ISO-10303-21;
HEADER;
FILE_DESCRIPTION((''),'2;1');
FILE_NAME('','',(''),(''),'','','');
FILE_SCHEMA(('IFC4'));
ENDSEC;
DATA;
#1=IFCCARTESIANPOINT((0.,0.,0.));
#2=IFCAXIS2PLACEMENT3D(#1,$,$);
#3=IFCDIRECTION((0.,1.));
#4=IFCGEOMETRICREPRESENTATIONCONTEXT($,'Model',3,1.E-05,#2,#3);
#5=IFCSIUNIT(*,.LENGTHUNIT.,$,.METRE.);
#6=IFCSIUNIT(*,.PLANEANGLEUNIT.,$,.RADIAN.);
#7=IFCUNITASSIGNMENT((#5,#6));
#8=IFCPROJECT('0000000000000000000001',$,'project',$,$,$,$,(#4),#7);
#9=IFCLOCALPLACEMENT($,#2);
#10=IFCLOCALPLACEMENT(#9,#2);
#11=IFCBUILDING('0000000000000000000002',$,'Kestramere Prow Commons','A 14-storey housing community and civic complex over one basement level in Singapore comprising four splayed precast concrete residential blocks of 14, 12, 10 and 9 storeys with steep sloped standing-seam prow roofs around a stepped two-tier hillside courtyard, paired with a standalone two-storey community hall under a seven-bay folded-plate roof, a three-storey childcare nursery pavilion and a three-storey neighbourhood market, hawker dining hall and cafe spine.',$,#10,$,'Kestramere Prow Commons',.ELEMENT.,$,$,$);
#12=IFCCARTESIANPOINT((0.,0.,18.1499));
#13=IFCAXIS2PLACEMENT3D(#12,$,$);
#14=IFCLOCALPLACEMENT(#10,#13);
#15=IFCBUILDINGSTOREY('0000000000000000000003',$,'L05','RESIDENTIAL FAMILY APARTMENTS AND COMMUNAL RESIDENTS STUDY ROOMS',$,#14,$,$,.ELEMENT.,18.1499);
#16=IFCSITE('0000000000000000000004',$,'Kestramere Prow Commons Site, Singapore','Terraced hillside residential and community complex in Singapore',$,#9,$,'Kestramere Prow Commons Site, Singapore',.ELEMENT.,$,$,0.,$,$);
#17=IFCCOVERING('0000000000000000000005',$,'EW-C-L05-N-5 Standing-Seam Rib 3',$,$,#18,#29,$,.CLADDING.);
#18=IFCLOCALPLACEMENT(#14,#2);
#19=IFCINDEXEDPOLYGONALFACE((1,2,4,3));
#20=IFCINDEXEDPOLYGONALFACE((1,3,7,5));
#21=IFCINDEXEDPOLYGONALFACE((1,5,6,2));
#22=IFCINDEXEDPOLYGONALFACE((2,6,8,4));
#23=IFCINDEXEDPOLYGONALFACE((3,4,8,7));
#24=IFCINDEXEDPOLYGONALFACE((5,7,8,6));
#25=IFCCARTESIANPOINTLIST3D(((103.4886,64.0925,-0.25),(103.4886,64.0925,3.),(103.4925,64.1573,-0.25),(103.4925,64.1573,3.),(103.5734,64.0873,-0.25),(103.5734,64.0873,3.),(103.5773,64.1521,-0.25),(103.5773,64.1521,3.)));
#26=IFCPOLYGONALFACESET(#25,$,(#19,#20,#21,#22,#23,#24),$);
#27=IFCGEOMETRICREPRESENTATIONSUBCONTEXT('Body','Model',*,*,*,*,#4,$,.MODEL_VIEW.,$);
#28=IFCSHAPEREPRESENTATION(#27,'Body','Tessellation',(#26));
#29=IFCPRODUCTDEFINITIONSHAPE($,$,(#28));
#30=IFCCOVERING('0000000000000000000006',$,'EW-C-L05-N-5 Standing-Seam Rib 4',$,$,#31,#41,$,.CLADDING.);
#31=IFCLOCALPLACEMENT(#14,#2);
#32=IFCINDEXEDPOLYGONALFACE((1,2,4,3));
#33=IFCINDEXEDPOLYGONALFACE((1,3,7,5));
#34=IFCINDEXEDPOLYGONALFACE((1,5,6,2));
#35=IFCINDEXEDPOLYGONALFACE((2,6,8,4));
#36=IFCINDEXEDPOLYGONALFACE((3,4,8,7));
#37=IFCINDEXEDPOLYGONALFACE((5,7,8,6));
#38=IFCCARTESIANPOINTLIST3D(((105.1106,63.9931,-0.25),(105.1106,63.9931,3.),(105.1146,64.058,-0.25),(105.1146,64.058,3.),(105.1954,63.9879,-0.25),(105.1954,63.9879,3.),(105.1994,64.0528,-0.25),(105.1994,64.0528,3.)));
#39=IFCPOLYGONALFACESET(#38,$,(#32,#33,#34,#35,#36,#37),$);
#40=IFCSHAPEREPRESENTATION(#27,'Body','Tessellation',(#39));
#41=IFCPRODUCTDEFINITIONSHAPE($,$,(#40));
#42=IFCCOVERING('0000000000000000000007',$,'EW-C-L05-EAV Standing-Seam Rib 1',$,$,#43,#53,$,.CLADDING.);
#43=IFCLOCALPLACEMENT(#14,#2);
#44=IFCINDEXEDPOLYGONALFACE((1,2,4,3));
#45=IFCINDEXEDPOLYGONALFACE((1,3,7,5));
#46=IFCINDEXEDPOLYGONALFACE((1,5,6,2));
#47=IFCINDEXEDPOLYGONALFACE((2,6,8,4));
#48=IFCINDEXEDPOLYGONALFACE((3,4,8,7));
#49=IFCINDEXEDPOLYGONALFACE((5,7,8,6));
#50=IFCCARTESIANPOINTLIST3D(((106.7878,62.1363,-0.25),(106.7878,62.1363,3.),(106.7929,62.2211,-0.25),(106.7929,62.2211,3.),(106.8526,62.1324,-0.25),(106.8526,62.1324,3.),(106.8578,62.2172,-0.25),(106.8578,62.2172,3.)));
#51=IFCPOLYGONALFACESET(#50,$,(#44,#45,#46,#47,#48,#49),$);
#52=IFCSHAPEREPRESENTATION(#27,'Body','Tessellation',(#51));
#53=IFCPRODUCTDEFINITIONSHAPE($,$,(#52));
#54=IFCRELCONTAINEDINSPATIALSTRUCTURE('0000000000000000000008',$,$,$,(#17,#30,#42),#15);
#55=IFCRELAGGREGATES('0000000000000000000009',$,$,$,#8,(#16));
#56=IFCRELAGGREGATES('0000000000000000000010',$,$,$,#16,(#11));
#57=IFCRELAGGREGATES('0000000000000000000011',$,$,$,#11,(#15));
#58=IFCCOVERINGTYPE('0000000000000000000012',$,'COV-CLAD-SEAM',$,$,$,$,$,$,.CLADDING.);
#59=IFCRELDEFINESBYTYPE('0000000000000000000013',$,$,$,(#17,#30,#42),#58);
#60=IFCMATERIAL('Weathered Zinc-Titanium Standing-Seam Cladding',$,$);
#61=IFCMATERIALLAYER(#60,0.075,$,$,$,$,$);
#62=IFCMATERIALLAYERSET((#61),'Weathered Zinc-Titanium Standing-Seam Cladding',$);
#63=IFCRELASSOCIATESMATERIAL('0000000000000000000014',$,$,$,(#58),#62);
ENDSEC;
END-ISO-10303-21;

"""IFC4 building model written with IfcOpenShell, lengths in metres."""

from ifc_helpers import new_model, si_unit, direction, frame, origin, origin_2d, place, context, subcontext, project, spatial, rectangle, extrude, material, layer, layer_set, type_object, element, save


model = new_model("IFC4")

# Units and contexts
model_context = context("Model", 3, precision=1e-05, world=origin(), true_north=direction((0.0, 1.0)))
body_context = subcontext(model_context, "Body", "Model", "MODEL_VIEW")
ifc_project = project(units=[si_unit("LENGTHUNIT", "METRE"), si_unit("PLANEANGLEUNIT", "RADIAN")], contexts=[model_context])

# Site, building, storey
site_placement = place(None, origin())
site = spatial("IfcSite", under=ifc_project, at=site_placement, Name="Kestramere Prow Commons Site, Singapore", Description="Terraced hillside residential and community complex in Singapore", LongName="Kestramere Prow Commons Site, Singapore", CompositionType="ELEMENT", RefElevation=0.0)
building_placement = place(site_placement, origin())
building = spatial("IfcBuilding", under=site, at=building_placement, Name="Kestramere Prow Commons", Description="A 14-storey housing community and civic complex over one basement level in Singapore comprising four splayed precast concrete residential blocks of 14, 12, 10 and 9 storeys with steep sloped standing-seam prow roofs around a stepped two-tier hillside courtyard, paired with a standalone two-storey community hall under a seven-bay folded-plate roof, a three-storey childcare nursery pavilion and a three-storey neighbourhood market, hawker dining hall and cafe spine.", LongName="Kestramere Prow Commons", CompositionType="ELEMENT")
storey_placement = place(building_placement, frame((0.0, 0.0, 18.1499)))
storey = spatial("IfcBuildingStorey", under=building, at=storey_placement, Name="L05", Description="RESIDENTIAL FAMILY APARTMENTS AND COMMUNAL RESIDENTS STUDY ROOMS", CompositionType="ELEMENT", Elevation=18.1499)

# Coverings
ifc_material_1 = material(Name="Weathered Zinc-Titanium Standing-Seam Cladding")
ifc_layer_1 = layer(ifc_material_1, 0.075)
ifc_layer_set_1 = layer_set([ifc_layer_1], Name="Weathered Zinc-Titanium Standing-Seam Cladding")
covering_type = type_object("IfcCoveringType", Name="COV-CLAD-SEAM", PredefinedType="CLADDING", material=ifc_layer_set_1)
for number, where, z_axis, x_axis, name in (
    (1, (103.533, 64.1223, -0.25), (0.0, 0.0, 1.0), (0.998135, -0.061049, 0.0), "EW-C-L05-N-5 Standing-Seam Rib 3"),
    (2, (105.155, 64.0229, -0.25), (0.0, 0.0, 1.0), (0.998135, -0.061049, 0.0), "EW-C-L05-N-5 Standing-Seam Rib 4"),
    (3, (106.8228, 62.1768, -0.25), (0.0, 0.0, 1.0), (-0.061049, -0.998135, 0.0), "EW-C-L05-EAV Standing-Seam Rib 1"),
):
    element("IfcCovering", number, at=place(storey_placement, frame(where, z_axis=z_axis, x_axis=x_axis)), inside=storey, type_object=covering_type, Name=name, PredefinedType="CLADDING", context=body_context, shape_type="SweptSolid", body=[
        extrude(rectangle(XDim=0.085, YDim=0.0649, at=origin_2d()), origin(), (0.0, 0.0, 1.0), 3.25),
    ])

save(model, "model.ifc")
